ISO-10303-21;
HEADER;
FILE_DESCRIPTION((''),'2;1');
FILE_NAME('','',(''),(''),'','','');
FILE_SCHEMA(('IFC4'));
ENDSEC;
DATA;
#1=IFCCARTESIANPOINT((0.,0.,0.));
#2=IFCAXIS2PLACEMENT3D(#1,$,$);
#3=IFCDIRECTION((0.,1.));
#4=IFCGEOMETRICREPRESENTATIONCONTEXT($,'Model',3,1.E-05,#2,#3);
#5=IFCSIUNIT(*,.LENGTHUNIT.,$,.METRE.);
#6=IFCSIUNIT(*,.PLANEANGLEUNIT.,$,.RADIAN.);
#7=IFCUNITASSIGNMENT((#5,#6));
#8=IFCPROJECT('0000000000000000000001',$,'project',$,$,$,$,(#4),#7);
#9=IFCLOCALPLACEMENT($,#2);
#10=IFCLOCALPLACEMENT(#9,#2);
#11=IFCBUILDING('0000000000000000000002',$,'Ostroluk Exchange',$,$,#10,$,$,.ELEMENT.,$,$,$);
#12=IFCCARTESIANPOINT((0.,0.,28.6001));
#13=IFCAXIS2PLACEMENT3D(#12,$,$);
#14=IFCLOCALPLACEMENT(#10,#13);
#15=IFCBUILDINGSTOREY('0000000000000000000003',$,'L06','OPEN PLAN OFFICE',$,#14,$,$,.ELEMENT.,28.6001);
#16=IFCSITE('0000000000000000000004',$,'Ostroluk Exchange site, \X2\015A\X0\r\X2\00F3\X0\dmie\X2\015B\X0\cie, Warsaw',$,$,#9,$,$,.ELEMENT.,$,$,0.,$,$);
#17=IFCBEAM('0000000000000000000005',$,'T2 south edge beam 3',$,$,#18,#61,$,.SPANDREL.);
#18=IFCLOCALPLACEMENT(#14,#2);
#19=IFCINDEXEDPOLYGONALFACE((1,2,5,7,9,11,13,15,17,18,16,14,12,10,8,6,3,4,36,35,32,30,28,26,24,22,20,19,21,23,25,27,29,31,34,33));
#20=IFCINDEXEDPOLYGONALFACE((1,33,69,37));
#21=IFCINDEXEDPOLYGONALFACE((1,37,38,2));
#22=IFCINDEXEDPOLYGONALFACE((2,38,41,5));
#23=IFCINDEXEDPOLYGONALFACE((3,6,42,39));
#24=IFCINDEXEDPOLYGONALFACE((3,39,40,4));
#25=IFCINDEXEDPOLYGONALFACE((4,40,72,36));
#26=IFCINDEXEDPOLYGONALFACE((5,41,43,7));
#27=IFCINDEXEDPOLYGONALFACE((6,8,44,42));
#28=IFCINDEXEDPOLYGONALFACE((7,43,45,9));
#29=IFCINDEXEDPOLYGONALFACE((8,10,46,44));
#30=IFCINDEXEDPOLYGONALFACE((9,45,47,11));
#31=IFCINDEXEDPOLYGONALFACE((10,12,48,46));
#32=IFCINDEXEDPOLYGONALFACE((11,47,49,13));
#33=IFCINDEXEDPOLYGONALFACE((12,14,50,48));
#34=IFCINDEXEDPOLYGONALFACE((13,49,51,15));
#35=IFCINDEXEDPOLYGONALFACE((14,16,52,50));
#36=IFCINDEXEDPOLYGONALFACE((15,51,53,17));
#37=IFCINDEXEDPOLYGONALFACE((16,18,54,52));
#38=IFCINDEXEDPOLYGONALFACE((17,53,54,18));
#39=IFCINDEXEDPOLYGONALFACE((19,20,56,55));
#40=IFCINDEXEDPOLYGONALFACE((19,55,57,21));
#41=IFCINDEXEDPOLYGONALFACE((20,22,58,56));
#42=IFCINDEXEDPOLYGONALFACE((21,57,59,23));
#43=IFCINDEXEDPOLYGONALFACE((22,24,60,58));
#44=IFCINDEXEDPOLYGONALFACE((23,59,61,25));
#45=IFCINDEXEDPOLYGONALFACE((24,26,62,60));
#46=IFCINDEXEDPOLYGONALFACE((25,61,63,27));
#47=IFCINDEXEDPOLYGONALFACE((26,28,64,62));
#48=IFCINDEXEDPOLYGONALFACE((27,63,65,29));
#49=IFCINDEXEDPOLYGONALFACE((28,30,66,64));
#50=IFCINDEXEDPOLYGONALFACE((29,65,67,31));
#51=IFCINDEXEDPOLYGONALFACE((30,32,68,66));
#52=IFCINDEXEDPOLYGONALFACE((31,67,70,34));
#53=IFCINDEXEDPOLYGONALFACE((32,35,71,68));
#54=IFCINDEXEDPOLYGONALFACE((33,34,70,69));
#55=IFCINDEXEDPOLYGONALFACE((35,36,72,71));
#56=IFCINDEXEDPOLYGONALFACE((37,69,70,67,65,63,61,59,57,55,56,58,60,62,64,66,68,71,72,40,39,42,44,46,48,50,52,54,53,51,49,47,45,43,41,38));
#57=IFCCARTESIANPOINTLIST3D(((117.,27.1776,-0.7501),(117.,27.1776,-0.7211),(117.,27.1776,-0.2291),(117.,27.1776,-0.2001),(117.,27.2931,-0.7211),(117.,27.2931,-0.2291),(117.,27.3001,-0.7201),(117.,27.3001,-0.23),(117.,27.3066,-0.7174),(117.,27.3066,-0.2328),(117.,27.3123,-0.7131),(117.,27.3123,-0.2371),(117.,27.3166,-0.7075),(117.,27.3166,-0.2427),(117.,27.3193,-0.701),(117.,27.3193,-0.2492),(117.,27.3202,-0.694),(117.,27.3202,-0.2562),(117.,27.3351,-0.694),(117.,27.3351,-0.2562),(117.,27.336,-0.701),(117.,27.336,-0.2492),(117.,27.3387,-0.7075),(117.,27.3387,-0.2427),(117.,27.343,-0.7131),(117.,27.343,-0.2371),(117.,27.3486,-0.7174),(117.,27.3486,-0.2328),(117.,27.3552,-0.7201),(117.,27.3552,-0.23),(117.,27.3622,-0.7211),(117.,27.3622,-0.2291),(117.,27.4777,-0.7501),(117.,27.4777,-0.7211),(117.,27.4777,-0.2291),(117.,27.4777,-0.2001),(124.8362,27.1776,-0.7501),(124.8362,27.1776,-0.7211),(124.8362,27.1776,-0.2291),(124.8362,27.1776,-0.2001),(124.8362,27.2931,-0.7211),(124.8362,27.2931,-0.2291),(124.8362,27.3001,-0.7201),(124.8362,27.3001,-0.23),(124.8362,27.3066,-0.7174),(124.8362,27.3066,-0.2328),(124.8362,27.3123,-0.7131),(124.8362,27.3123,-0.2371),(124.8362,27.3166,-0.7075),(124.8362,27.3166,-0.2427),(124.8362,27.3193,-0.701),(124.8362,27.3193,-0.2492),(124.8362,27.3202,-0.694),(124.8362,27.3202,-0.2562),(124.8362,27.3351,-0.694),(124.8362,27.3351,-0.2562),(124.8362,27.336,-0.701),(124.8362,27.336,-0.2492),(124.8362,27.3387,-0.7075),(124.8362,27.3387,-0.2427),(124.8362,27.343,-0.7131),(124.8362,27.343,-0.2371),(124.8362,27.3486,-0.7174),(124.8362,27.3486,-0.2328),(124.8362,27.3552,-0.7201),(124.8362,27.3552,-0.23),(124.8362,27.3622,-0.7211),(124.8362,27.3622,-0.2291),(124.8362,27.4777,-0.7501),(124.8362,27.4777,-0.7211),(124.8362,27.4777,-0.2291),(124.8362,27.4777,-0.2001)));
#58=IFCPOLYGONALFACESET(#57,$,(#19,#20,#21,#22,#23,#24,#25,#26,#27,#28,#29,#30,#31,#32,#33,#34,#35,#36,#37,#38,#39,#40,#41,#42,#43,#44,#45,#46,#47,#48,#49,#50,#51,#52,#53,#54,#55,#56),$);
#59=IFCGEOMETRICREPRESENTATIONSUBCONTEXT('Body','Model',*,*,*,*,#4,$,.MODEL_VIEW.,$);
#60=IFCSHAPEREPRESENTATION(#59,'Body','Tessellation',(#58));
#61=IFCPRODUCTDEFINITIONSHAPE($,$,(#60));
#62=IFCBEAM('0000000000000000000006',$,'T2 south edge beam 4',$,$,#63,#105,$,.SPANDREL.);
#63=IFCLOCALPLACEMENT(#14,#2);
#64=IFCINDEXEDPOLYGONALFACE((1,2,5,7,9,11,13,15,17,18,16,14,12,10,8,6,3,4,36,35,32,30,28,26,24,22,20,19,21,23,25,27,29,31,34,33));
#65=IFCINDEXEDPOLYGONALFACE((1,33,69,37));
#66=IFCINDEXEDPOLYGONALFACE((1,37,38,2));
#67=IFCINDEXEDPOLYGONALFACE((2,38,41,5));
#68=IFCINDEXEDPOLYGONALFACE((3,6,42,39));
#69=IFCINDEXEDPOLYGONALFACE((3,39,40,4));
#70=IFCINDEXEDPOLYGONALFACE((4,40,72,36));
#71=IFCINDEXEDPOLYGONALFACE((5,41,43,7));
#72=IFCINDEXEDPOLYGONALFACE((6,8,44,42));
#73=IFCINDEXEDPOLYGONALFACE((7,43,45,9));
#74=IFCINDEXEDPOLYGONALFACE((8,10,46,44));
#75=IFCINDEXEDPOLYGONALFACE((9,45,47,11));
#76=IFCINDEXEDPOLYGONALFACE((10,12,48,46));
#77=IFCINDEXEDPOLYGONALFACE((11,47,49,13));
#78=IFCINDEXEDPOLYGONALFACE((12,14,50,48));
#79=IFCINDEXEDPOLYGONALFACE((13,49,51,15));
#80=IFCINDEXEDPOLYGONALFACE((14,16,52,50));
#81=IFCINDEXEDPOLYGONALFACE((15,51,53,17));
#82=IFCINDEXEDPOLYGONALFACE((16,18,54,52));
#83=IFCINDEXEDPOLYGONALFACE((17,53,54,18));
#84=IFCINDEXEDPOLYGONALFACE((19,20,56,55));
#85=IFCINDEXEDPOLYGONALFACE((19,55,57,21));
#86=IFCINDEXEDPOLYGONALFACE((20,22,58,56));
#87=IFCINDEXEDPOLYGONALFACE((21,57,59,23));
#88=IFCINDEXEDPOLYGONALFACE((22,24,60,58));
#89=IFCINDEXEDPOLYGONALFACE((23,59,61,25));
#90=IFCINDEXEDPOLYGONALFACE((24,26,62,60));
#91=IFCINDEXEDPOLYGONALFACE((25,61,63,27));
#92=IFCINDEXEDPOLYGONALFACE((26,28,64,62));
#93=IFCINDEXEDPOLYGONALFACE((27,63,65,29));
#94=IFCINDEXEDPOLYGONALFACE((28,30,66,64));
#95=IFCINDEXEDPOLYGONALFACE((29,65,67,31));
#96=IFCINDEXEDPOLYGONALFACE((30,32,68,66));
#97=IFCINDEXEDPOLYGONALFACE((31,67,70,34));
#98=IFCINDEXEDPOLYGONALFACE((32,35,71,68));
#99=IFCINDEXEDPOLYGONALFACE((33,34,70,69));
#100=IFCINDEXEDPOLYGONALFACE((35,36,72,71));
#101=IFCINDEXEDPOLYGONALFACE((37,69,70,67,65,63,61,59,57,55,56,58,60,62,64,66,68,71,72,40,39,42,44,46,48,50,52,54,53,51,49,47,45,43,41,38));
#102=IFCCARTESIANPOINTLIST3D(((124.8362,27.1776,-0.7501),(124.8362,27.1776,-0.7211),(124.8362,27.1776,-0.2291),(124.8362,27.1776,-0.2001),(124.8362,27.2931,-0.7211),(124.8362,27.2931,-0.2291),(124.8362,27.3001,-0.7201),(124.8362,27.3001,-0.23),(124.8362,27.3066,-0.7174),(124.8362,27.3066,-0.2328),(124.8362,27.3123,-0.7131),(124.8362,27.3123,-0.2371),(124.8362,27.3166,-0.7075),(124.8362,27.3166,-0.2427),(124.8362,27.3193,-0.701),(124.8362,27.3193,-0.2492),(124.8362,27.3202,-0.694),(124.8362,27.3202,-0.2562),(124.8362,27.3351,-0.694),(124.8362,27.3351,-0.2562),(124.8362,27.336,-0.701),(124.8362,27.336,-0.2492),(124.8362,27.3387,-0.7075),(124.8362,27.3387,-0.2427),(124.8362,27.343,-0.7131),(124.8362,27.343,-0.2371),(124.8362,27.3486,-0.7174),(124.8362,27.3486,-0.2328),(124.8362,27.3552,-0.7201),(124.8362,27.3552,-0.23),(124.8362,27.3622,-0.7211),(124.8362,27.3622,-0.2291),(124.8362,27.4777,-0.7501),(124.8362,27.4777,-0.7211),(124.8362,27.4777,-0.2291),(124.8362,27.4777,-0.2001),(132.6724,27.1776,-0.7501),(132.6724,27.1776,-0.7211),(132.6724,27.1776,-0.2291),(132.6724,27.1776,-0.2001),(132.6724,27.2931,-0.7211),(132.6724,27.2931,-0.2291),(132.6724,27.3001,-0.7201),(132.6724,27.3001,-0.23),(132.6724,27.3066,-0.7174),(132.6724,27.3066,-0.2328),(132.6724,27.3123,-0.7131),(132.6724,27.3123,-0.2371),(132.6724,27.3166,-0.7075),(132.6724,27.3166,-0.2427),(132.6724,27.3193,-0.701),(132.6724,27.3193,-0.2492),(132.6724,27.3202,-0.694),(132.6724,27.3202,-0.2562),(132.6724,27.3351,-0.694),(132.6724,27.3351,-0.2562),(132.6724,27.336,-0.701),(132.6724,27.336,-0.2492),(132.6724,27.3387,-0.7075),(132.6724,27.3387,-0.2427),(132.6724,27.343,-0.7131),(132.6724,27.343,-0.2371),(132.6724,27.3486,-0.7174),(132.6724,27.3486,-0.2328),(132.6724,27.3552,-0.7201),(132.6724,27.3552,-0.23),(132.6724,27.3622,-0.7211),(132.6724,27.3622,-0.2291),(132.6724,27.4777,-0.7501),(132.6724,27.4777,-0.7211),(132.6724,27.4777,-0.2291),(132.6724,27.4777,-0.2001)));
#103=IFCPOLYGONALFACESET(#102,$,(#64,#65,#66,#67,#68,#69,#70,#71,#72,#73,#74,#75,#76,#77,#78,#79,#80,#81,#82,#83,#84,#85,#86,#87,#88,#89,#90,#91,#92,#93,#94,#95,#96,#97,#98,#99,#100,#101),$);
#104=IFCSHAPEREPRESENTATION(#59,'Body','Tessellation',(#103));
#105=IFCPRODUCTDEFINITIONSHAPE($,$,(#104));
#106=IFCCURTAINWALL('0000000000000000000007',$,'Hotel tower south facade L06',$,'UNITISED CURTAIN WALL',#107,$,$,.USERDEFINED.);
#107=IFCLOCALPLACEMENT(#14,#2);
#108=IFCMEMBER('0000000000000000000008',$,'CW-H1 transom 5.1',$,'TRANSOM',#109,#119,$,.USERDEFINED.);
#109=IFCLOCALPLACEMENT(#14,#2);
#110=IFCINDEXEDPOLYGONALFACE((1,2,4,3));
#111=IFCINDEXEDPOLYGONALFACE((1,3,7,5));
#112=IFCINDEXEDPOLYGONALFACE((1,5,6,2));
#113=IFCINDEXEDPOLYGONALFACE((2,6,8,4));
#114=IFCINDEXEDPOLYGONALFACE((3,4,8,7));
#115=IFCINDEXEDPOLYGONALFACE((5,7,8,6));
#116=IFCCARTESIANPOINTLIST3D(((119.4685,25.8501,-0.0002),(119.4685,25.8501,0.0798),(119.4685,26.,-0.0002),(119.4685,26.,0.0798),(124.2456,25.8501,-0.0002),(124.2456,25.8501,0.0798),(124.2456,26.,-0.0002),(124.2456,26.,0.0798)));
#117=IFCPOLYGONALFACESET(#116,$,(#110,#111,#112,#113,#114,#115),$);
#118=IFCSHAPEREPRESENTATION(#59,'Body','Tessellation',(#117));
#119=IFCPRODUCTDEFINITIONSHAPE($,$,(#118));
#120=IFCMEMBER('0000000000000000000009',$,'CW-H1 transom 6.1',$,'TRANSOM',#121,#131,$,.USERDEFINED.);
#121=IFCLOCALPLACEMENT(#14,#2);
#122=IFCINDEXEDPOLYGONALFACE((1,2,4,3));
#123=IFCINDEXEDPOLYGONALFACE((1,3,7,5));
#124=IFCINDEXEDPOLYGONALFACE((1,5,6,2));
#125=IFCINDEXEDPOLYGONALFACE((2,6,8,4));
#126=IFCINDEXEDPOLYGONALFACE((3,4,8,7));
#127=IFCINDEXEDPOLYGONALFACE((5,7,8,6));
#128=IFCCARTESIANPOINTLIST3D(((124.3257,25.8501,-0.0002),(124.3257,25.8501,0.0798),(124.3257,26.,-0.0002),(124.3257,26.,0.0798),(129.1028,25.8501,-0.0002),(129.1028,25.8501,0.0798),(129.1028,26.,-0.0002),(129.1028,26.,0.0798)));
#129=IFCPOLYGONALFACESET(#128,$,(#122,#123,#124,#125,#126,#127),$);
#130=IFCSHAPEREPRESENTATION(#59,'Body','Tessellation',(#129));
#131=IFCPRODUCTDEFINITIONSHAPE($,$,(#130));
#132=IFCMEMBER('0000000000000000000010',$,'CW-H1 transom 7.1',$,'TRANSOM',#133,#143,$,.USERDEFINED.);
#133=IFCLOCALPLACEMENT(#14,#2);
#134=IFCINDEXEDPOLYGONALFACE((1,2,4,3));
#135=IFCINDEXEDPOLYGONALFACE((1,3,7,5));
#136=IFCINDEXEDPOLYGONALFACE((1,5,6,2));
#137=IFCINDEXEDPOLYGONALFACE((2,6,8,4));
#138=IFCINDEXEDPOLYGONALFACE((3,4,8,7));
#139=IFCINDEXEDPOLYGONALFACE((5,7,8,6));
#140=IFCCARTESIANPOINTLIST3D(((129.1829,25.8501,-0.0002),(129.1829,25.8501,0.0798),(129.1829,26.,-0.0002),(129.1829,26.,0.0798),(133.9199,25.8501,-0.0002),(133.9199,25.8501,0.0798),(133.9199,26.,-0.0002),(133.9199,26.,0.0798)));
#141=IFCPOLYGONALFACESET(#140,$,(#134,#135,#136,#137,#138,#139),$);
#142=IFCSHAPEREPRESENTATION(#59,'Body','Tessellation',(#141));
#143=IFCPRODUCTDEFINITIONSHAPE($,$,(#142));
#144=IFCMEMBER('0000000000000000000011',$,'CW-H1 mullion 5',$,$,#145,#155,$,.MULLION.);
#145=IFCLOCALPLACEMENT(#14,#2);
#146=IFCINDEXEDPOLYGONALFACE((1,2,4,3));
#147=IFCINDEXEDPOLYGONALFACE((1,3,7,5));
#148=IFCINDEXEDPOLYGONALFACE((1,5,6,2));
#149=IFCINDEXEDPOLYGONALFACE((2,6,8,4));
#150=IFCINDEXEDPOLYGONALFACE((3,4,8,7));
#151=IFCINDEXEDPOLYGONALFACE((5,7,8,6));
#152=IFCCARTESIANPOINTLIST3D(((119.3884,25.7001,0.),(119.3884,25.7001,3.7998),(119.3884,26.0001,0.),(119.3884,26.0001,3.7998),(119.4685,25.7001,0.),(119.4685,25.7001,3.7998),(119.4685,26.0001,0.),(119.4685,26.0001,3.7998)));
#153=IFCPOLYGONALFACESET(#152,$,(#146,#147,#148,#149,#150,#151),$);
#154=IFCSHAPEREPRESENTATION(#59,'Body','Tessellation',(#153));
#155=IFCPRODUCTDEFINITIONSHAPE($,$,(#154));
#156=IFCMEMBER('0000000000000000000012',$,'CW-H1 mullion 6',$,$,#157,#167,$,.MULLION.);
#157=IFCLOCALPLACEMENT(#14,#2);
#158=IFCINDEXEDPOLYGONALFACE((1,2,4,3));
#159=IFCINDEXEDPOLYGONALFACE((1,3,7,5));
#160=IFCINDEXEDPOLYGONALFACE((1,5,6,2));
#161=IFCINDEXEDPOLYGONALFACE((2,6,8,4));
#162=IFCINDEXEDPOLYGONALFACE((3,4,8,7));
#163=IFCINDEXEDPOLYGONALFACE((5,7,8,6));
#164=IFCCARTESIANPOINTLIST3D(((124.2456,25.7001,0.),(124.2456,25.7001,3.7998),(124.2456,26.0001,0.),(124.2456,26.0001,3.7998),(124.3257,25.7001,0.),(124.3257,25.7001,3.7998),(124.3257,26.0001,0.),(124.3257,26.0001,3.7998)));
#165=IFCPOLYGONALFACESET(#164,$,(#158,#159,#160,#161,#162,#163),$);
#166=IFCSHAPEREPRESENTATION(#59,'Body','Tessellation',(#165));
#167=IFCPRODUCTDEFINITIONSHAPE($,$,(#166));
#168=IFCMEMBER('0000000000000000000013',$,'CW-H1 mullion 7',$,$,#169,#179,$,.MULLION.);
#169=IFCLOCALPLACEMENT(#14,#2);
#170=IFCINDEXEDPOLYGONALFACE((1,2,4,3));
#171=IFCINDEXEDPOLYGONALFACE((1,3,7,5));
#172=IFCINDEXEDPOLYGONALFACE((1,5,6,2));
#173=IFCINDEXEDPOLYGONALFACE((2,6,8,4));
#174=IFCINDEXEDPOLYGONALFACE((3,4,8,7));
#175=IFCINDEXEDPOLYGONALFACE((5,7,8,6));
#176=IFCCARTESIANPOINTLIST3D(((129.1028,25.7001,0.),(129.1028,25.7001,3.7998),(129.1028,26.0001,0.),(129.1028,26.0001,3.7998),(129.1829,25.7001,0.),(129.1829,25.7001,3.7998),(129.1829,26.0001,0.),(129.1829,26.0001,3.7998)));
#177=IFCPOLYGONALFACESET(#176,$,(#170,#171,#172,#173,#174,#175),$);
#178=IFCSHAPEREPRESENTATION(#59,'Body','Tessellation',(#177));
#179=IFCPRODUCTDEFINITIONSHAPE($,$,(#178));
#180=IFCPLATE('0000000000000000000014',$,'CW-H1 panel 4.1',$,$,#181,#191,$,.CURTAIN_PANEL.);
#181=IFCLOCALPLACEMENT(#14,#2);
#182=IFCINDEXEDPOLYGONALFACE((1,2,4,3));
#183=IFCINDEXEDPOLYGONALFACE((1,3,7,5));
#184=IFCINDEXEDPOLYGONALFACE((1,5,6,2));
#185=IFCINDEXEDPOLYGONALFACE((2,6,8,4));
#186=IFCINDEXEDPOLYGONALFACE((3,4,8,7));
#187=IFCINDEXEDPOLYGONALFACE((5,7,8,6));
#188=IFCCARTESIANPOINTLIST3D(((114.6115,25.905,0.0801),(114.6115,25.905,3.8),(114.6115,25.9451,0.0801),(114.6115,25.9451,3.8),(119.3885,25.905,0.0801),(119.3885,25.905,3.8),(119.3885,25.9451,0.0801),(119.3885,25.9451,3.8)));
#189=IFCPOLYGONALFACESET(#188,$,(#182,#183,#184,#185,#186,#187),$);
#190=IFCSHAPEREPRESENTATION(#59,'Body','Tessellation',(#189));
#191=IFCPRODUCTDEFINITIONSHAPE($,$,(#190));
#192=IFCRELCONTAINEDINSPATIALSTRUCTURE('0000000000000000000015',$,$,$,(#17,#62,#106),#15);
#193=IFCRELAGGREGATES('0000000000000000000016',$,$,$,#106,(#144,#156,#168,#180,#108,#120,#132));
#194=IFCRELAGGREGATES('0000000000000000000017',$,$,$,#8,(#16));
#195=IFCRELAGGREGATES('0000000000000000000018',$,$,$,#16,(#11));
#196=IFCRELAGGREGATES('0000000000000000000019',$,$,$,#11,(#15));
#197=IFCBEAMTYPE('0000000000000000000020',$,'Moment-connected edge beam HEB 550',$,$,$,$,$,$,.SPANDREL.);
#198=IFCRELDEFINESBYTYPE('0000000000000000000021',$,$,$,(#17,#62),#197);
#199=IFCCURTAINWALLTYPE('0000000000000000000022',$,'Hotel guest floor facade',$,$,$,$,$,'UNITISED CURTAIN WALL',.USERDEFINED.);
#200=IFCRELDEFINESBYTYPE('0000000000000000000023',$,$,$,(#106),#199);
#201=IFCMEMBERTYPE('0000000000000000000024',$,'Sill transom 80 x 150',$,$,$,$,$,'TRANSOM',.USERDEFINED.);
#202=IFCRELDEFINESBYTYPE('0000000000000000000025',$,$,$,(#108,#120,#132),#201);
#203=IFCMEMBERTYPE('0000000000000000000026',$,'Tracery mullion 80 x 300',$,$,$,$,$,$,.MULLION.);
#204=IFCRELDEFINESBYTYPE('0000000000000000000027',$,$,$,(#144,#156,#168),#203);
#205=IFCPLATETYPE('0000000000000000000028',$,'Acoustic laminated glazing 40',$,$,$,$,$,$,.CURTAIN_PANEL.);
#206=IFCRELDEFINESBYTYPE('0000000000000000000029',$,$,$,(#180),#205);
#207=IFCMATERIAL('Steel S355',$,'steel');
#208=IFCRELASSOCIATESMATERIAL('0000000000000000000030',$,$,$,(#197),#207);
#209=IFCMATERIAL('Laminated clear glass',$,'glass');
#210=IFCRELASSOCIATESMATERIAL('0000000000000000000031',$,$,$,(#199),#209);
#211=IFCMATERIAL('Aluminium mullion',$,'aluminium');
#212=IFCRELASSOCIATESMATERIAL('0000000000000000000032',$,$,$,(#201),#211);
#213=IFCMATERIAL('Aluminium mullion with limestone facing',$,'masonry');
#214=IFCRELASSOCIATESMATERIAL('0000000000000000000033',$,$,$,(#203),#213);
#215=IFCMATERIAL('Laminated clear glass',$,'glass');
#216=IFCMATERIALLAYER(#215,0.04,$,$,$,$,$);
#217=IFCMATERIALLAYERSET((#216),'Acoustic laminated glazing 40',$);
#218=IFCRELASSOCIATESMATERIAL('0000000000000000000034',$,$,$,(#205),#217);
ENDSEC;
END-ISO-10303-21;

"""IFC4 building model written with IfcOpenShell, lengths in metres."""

from ifc_helpers import new_model, si_unit, direction, frame, origin, origin_2d, place, context, subcontext, project, spatial, rectangle, i_section, extrude, material, layer, layer_set, material_profile, profile_set, type_object, element, aggregate, save


model = new_model("IFC4")

# Units and contexts
model_context = context("Model", 3, precision=1e-05, world=origin(), true_north=direction((0.0, 1.0)))
body_context = subcontext(model_context, "Body", "Model", "MODEL_VIEW")
ifc_project = project(units=[si_unit("LENGTHUNIT", "METRE"), si_unit("PLANEANGLEUNIT", "RADIAN")], contexts=[model_context])

# Site, building, storey
site_placement = place(None, origin())
site = spatial("IfcSite", under=ifc_project, at=site_placement, Name="Ostroluk Exchange site, Śródmieście, Warsaw", CompositionType="ELEMENT", RefElevation=0.0)
building_placement = place(site_placement, origin())
building = spatial("IfcBuilding", under=site, at=building_placement, Name="Ostroluk Exchange", CompositionType="ELEMENT")
storey_placement = place(building_placement, frame((0.0, 0.0, 28.6001)))
storey = spatial("IfcBuildingStorey", under=building, at=storey_placement, Name="L06", Description="OPEN PLAN OFFICE", CompositionType="ELEMENT", Elevation=28.6001)

# Beams
ifc_material_1 = material(Name="Steel S355", Category="steel")
ifc_material_profile_1 = material_profile(ifc_material_1, i_section(OverallWidth=0.3, OverallDepth=0.55, WebThickness=0.0149, FlangeThickness=0.0291, FilletRadius=0.0271, at=origin_2d()), Name="HEB 550")
ifc_profile_set_1 = profile_set([ifc_material_profile_1], Name="Steel S355")
beam_type = type_object("IfcBeamType", Name="Moment-connected edge beam HEB 550", PredefinedType="SPANDREL", material=ifc_profile_set_1)
for number, where, z_axis, x_axis, name in (
    (1, (117.0, 27.3276, -0.4751), (1.0, 0.0, 0.0), (0.0, 1.0, 0.0), "T2 south edge beam 3"),
    (2, (124.8362, 27.3276, -0.4751), (1.0, 0.0, 0.0), (0.0, 1.0, 0.0), "T2 south edge beam 4"),
):
    element("IfcBeam", number, at=place(storey_placement, frame(where, z_axis=z_axis, x_axis=x_axis)), inside=storey, type_object=beam_type, Name=name, PredefinedType="SPANDREL", context=body_context, shape_type="SweptSolid", body=[
        extrude(i_section(OverallWidth=0.3, OverallDepth=0.55, WebThickness=0.0149, FlangeThickness=0.0291, FilletRadius=0.0271, at=origin_2d()), origin(), (0.0, 0.0, 1.0), 7.8362),
    ])

# Curtain wall, members, plate
ifc_material_2 = material(Name="Laminated clear glass", Category="glass")
curtain_wall_type = type_object("IfcCurtainWallType", Name="Hotel guest floor facade", ElementType="UNITISED CURTAIN WALL", PredefinedType="USERDEFINED", material=ifc_material_2)
curtain_wall_placement = place(storey_placement, origin())
curtain_wall = element("IfcCurtainWall", 3, at=curtain_wall_placement, inside=storey, type_object=curtain_wall_type, Name="Hotel tower south facade L06", ObjectType="UNITISED CURTAIN WALL", PredefinedType="USERDEFINED")
ifc_material_3 = material(Name="Aluminium mullion", Category="aluminium")
ifc_material_profile_2 = material_profile(ifc_material_3, rectangle(XDim=0.1499, YDim=0.0801, at=origin_2d()), Name="Sill transom 80 x 150")
ifc_profile_set_2 = profile_set([ifc_material_profile_2], Name="Aluminium mullion")
member_type_1 = type_object("IfcMemberType", Name="Sill transom 80 x 150", ElementType="TRANSOM", PredefinedType="USERDEFINED", material=ifc_profile_set_2)
member_1_placement = place(storey_placement, frame((119.4685, 25.925, 0.0398), z_axis=(1.0, 0.0, 0.0), x_axis=(0.0, 1.0, 0.0)))
member_1 = element("IfcMember", 4, at=member_1_placement, type_object=member_type_1, Name="CW-H1 transom 5.1", ObjectType="TRANSOM", PredefinedType="USERDEFINED", context=body_context, shape_type="SweptSolid", body=[
    extrude(rectangle(XDim=0.1499, YDim=0.0801, at=origin_2d()), origin(), (0.0, 0.0, 1.0), 4.7771),
])
member_2_placement = place(storey_placement, frame((124.3257, 25.925, 0.0398), z_axis=(1.0, 0.0, 0.0), x_axis=(0.0, 1.0, 0.0)))
member_2 = element("IfcMember", 5, at=member_2_placement, type_object=member_type_1, Name="CW-H1 transom 6.1", ObjectType="TRANSOM", PredefinedType="USERDEFINED", context=body_context, shape_type="SweptSolid", body=[
    extrude(rectangle(XDim=0.1499, YDim=0.0801, at=origin_2d()), origin(), (0.0, 0.0, 1.0), 4.7771),
])
member_3_placement = place(storey_placement, frame((129.1829, 25.925, 0.0398), z_axis=(1.0, 0.0, 0.0), x_axis=(0.0, 1.0, 0.0)))
member_3 = element("IfcMember", 6, at=member_3_placement, type_object=member_type_1, Name="CW-H1 transom 7.1", ObjectType="TRANSOM", PredefinedType="USERDEFINED", context=body_context, shape_type="SweptSolid", body=[
    extrude(rectangle(XDim=0.1499, YDim=0.0801, at=origin_2d()), origin(), (0.0, 0.0, 1.0), 4.7371),
])
ifc_material_4 = material(Name="Aluminium mullion with limestone facing", Category="masonry")
ifc_material_profile_3 = material_profile(ifc_material_4, rectangle(XDim=0.3, YDim=0.0801, at=origin_2d()), Name="Tracery mullion 80 x 300")
ifc_profile_set_3 = profile_set([ifc_material_profile_3], Name="Aluminium mullion with limestone facing")
member_type_2 = type_object("IfcMemberType", Name="Tracery mullion 80 x 300", PredefinedType="MULLION", material=ifc_profile_set_3)
member_4_placement = place(storey_placement, frame((119.4285, 25.8501, 0.0), z_axis=(0.0, 0.0, 1.0), x_axis=(0.0, 1.0, 0.0)))
member_4 = element("IfcMember", 7, at=member_4_placement, type_object=member_type_2, Name="CW-H1 mullion 5", PredefinedType="MULLION", context=body_context, shape_type="SweptSolid", body=[
    extrude(rectangle(XDim=0.3, YDim=0.0801, at=origin_2d()), origin(), (0.0, 0.0, 1.0), 3.7998),
])
member_5_placement = place(storey_placement, frame((124.2856, 25.8501, 0.0), z_axis=(0.0, 0.0, 1.0), x_axis=(0.0, 1.0, 0.0)))
member_5 = element("IfcMember", 8, at=member_5_placement, type_object=member_type_2, Name="CW-H1 mullion 6", PredefinedType="MULLION", context=body_context, shape_type="SweptSolid", body=[
    extrude(rectangle(XDim=0.3, YDim=0.0801, at=origin_2d()), origin(), (0.0, 0.0, 1.0), 3.7998),
])
member_6_placement = place(storey_placement, frame((129.1428, 25.8501, 0.0), z_axis=(0.0, 0.0, 1.0), x_axis=(0.0, 1.0, 0.0)))
member_6 = element("IfcMember", 9, at=member_6_placement, type_object=member_type_2, Name="CW-H1 mullion 7", PredefinedType="MULLION", context=body_context, shape_type="SweptSolid", body=[
    extrude(rectangle(XDim=0.3, YDim=0.0801, at=origin_2d()), origin(), (0.0, 0.0, 1.0), 3.7998),
])
ifc_material_5 = material(Name="Laminated clear glass", Category="glass")
ifc_layer_1 = layer(ifc_material_5, 0.04)
ifc_layer_set_1 = layer_set([ifc_layer_1], Name="Acoustic laminated glazing 40")
plate_type = type_object("IfcPlateType", Name="Acoustic laminated glazing 40", PredefinedType="CURTAIN_PANEL", material=ifc_layer_set_1)
plate_1_placement = place(storey_placement, frame((117.0, 25.925, 0.0801), z_axis=(0.0, 0.0, 1.0), x_axis=(1.0, 0.0, 0.0)))
plate_1 = element("IfcPlate", 10, at=plate_1_placement, type_object=plate_type, Name="CW-H1 panel 4.1", PredefinedType="CURTAIN_PANEL", context=body_context, shape_type="SweptSolid", body=[
    extrude(rectangle(XDim=4.7771, YDim=0.04, at=origin_2d()), origin(), (0.0, 0.0, 1.0), 3.72),
])
aggregate(curtain_wall, [member_4, member_5, member_6, plate_1, member_1, member_2, member_3])

save(model, "model.ifc")
